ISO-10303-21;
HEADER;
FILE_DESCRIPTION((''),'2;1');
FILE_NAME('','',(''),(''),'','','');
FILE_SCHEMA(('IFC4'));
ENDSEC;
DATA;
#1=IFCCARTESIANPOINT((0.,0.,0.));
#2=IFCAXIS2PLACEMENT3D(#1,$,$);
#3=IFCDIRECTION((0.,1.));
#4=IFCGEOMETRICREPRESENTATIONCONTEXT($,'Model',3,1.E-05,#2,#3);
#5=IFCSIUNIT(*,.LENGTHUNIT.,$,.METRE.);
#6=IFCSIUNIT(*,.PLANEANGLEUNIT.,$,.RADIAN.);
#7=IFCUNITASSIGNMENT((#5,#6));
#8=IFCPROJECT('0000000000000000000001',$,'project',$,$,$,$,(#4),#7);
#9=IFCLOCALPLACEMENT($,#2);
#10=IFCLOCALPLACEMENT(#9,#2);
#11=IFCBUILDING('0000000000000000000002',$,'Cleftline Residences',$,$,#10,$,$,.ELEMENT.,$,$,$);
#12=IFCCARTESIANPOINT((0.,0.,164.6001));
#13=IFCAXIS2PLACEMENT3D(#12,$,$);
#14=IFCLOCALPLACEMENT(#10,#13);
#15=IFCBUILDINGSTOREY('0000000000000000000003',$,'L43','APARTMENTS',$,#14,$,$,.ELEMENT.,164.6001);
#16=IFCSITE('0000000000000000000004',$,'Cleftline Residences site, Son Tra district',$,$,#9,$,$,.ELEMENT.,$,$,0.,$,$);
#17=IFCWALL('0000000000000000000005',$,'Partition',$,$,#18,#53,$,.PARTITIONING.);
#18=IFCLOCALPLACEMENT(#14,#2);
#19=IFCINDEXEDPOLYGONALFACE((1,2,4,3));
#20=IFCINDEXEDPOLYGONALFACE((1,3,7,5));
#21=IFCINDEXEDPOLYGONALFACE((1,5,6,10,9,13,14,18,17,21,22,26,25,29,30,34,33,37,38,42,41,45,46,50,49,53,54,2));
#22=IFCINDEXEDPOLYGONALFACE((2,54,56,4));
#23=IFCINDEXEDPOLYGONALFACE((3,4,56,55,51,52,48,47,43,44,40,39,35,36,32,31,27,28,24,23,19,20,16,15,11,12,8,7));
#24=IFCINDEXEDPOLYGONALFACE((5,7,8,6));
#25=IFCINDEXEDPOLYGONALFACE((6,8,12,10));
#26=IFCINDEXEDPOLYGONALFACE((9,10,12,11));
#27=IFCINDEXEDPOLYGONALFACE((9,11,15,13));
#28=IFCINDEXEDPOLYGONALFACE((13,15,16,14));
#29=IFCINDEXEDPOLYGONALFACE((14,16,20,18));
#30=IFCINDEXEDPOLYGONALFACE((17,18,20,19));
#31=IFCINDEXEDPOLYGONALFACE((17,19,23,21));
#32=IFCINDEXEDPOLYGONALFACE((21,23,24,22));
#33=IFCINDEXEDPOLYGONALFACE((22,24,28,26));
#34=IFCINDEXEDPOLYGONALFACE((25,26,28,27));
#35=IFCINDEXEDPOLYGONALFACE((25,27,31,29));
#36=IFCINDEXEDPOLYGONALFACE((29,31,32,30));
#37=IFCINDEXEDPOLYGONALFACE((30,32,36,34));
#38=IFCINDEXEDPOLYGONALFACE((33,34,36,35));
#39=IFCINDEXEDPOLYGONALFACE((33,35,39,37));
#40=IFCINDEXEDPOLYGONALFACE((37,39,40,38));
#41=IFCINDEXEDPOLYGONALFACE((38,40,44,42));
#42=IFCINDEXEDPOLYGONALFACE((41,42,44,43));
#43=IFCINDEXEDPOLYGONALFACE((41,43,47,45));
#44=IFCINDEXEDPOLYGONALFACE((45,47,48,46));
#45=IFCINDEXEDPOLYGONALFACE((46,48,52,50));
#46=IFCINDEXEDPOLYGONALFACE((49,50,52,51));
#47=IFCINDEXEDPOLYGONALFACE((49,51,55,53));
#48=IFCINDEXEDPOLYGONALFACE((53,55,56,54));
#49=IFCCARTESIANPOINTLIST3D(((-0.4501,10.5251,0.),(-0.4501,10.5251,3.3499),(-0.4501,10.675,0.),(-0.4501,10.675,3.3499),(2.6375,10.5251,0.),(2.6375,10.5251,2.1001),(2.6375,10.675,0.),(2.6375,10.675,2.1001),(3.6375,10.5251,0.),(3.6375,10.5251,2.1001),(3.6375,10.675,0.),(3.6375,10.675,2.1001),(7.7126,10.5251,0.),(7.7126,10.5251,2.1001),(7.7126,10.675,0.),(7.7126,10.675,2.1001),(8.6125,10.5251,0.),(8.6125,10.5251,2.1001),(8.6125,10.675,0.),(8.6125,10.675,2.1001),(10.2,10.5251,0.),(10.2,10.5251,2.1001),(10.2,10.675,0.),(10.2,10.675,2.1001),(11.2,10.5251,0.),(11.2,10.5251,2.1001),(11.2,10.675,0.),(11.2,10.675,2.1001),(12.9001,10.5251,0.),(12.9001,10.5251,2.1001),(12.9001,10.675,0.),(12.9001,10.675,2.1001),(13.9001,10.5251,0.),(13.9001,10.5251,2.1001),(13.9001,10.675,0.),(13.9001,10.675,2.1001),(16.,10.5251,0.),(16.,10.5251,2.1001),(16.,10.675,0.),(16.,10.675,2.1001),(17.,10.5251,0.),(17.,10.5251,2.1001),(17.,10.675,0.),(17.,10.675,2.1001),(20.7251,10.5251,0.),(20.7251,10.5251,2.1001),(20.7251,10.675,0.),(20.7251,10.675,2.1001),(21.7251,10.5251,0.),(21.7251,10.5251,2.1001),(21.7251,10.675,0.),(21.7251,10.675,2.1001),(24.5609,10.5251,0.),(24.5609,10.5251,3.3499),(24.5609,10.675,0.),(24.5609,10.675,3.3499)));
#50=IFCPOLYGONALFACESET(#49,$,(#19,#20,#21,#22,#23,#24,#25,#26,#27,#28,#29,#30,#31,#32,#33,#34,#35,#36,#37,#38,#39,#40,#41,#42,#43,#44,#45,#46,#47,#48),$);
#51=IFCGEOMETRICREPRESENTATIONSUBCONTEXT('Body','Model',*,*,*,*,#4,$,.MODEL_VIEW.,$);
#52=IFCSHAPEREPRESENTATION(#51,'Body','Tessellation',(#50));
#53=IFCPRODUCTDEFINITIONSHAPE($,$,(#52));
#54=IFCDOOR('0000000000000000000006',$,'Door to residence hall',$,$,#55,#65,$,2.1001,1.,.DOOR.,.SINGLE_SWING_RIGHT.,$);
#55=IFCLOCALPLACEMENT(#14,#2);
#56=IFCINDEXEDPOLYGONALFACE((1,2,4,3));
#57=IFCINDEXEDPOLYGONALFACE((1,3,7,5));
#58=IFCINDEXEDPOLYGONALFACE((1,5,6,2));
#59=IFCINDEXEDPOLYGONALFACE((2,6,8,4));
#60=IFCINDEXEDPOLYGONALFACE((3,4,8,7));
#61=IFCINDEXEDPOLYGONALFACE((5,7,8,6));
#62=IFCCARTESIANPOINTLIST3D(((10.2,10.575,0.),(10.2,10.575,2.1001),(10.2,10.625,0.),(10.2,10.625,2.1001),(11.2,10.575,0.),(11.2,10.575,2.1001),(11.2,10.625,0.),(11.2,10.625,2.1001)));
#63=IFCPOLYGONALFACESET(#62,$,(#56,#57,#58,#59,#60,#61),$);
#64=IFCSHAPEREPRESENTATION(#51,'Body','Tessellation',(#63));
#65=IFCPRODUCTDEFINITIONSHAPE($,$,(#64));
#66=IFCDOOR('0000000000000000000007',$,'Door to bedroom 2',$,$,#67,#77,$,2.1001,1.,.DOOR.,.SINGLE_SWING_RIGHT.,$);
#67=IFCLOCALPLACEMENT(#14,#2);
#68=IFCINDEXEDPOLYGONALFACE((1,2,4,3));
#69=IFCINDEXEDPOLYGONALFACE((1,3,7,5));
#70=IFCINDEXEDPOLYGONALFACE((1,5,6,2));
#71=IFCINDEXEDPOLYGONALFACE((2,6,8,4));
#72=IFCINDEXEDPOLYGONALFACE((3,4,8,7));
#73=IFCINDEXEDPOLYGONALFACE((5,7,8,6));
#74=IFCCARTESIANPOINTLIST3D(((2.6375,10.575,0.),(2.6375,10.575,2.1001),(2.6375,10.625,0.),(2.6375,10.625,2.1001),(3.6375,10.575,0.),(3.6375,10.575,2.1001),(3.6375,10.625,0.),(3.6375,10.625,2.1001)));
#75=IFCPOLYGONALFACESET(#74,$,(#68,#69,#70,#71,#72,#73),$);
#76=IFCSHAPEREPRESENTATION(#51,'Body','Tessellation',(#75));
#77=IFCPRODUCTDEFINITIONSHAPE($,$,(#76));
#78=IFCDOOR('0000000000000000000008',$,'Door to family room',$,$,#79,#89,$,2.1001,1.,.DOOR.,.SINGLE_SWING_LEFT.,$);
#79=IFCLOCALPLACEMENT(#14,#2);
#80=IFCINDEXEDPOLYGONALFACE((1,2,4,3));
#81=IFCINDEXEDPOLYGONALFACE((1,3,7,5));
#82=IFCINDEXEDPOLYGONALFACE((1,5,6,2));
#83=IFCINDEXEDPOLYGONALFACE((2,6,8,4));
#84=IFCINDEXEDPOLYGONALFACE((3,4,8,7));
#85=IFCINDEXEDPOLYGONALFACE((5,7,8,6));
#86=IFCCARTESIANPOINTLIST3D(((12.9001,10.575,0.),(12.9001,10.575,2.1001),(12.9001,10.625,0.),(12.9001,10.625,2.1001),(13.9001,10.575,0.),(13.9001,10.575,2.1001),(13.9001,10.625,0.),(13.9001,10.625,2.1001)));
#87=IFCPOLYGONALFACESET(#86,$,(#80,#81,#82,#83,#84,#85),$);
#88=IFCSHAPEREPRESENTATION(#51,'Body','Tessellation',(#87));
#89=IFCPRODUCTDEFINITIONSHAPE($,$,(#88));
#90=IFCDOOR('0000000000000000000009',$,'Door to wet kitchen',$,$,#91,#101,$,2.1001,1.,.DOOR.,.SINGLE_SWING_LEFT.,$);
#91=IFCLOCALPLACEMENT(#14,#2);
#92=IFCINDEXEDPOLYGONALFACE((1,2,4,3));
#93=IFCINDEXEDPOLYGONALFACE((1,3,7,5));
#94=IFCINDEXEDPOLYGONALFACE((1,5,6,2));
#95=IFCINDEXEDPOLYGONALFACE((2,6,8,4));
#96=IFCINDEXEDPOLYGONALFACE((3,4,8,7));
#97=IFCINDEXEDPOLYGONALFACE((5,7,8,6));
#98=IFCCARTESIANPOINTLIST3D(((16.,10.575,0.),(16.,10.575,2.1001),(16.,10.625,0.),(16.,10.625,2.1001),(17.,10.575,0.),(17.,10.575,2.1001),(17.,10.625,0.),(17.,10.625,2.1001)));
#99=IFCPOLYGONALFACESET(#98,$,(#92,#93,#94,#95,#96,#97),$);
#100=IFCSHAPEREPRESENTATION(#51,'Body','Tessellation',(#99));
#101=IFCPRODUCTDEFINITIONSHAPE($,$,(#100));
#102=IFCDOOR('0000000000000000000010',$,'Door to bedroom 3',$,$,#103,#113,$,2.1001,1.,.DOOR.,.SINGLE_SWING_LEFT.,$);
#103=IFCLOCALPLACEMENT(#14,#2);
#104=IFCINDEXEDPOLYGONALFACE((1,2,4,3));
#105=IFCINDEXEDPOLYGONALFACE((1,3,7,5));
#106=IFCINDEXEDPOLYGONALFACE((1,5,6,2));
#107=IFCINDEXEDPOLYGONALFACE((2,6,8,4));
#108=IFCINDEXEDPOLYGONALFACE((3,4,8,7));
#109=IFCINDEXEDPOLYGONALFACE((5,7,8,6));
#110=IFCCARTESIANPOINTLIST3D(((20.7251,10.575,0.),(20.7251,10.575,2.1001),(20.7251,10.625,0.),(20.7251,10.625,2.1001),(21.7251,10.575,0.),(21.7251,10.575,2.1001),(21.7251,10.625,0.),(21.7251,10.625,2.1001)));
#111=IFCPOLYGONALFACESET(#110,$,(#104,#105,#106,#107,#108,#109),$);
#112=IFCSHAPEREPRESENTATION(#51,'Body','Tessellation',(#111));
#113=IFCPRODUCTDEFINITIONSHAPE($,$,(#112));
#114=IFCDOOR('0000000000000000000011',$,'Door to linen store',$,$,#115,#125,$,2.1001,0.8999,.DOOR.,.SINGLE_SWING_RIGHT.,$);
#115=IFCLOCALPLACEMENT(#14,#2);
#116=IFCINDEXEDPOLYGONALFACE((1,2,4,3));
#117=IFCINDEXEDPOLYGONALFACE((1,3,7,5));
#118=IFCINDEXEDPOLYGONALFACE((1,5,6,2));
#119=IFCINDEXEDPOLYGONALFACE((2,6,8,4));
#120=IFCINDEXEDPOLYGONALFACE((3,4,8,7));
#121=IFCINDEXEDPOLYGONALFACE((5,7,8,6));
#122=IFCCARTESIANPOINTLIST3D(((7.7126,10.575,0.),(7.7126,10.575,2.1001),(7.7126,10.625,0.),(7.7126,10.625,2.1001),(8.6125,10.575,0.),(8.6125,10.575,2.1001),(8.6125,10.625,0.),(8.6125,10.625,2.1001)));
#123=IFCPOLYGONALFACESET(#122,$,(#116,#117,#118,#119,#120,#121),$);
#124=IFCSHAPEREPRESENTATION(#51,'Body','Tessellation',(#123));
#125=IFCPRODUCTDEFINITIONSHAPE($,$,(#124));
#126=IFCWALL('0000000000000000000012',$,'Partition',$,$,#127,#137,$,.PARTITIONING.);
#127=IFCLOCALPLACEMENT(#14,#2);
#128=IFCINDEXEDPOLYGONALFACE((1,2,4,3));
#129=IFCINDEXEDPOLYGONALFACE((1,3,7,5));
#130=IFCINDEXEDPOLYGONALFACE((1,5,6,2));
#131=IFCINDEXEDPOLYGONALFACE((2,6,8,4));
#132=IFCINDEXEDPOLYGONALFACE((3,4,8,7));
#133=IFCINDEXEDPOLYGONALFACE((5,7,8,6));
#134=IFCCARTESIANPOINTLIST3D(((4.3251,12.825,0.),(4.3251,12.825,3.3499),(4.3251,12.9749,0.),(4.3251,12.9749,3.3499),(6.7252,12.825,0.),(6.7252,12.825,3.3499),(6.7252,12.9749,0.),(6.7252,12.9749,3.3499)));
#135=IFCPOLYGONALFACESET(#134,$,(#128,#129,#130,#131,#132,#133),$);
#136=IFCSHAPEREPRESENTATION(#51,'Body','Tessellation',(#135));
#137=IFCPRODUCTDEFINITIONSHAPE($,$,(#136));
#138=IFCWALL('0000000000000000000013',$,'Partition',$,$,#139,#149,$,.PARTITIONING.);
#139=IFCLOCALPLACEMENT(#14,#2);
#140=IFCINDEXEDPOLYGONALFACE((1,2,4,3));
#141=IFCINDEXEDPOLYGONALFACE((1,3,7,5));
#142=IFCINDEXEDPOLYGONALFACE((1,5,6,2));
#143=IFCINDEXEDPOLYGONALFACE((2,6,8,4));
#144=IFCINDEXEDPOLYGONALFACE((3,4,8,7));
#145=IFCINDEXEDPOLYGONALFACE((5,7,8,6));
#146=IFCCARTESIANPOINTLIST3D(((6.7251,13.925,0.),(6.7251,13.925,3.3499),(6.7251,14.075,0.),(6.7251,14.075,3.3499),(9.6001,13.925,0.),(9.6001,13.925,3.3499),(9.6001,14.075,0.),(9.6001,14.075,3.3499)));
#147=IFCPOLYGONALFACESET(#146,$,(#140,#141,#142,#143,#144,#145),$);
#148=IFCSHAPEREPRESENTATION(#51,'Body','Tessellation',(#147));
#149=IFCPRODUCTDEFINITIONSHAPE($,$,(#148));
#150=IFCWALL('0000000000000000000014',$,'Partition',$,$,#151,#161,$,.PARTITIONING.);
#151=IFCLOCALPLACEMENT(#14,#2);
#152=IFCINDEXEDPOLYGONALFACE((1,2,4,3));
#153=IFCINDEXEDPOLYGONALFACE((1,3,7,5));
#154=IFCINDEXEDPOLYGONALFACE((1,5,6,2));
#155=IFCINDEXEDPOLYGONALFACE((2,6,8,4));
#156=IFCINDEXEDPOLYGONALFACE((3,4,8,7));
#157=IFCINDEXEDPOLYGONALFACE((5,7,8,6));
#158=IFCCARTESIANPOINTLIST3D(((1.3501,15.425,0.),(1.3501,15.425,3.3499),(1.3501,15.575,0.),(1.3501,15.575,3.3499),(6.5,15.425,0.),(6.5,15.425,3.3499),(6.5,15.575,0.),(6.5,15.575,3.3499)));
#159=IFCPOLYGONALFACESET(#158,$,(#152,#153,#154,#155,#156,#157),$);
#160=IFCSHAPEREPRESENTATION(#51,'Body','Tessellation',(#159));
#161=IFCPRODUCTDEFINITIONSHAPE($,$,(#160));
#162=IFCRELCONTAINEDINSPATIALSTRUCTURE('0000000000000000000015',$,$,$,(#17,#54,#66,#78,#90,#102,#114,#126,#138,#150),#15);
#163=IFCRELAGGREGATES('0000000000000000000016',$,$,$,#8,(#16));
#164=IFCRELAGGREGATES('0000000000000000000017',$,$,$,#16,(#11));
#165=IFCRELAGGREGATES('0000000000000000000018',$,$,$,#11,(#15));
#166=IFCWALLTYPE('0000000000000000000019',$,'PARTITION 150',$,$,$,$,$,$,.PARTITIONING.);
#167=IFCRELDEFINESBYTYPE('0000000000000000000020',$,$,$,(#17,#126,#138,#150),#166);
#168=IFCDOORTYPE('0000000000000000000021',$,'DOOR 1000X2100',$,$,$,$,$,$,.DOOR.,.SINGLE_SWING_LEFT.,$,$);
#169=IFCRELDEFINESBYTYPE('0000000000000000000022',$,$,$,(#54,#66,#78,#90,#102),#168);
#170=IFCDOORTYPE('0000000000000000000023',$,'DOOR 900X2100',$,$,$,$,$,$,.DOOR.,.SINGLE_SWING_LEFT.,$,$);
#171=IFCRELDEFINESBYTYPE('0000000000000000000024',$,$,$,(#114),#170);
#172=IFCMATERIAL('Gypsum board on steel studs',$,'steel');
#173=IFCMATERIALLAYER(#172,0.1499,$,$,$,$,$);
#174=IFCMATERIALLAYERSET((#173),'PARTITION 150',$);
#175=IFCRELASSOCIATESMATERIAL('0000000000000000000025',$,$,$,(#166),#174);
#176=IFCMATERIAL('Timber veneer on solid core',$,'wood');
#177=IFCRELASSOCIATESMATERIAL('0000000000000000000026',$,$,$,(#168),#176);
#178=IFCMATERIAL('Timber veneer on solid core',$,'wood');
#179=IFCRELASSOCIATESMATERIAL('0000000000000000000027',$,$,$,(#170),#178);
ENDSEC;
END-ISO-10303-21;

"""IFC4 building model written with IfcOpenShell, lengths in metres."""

from ifc_helpers import new_model, si_unit, direction, frame, frame_2d, origin, place, context, subcontext, project, spatial, rectangle, extrude, material, layer, layer_set, type_object, element, fill, save


model = new_model("IFC4")

# Units and contexts
model_context = context("Model", 3, precision=1e-05, world=origin(), true_north=direction((0.0, 1.0)))
body_context = subcontext(model_context, "Body", "Model", "MODEL_VIEW")
ifc_project = project(units=[si_unit("LENGTHUNIT", "METRE"), si_unit("PLANEANGLEUNIT", "RADIAN")], contexts=[model_context])

# Site, building, storey
site_placement = place(None, origin())
site = spatial("IfcSite", under=ifc_project, at=site_placement, Name="Cleftline Residences site, Son Tra district", CompositionType="ELEMENT", RefElevation=0.0)
building_placement = place(site_placement, origin())
building = spatial("IfcBuilding", under=site, at=building_placement, Name="Cleftline Residences", CompositionType="ELEMENT")
storey_placement = place(building_placement, frame((0.0, 0.0, 164.6001)))
storey = spatial("IfcBuildingStorey", under=building, at=storey_placement, Name="L43", Description="APARTMENTS", CompositionType="ELEMENT", Elevation=164.6001)

# Wall, openings, doors
ifc_material_1 = material(Name="Gypsum board on steel studs", Category="steel")
ifc_layer = layer(ifc_material_1, 0.1499)
ifc_layer_set = layer_set([ifc_layer], Name="PARTITION 150")
wall_type = type_object("IfcWallType", Name="PARTITION 150", PredefinedType="PARTITIONING", material=ifc_layer_set)
wall_1_placement = place(storey_placement, frame((-0.45, 10.6001, 0.0), z_axis=(0.0, 0.0, 1.0), x_axis=(1.0, 0.0, 0.0)))
wall_1 = element("IfcWall", 1, at=wall_1_placement, inside=storey, type_object=wall_type, Name="Partition", PredefinedType="PARTITIONING", context=body_context, shape_type="SweptSolid", body=[
    extrude(rectangle(XDim=25.011, YDim=0.1499, at=frame_2d((12.5054, 0.0))), origin(), (0.0, 0.0, 1.0), 3.3499),
])
opening_1_placement = place(wall_1_placement, frame((10.6499, 0.0, 0.0)))
opening_1 = element("IfcOpeningElement", 2, at=opening_1_placement, cuts=wall_1, PredefinedType="OPENING", context=body_context, shape_type="SweptSolid", body=[
    extrude(rectangle(XDim=1.0, YDim=2.1001, at=frame_2d((0.5, 1.05))), frame((0.0, 0.085, 0.0), z_axis=(0.0, -1.0, 0.0), x_axis=(1.0, 0.0, 0.0)), (0.0, 0.0, 1.0), 0.1699),
])
opening_2_placement = place(wall_1_placement, frame((3.0874, 0.0, 0.0)))
opening_2 = element("IfcOpeningElement", 3, at=opening_2_placement, cuts=wall_1, PredefinedType="OPENING", context=body_context, shape_type="SweptSolid", body=[
    extrude(rectangle(XDim=1.0, YDim=2.1001, at=frame_2d((0.5, 1.05))), frame((0.0, 0.085, 0.0), z_axis=(0.0, -1.0, 0.0), x_axis=(1.0, 0.0, 0.0)), (0.0, 0.0, 1.0), 0.1699),
])
opening_3_placement = place(wall_1_placement, frame((8.1626, 0.0, 0.0)))
opening_3 = element("IfcOpeningElement", 4, at=opening_3_placement, cuts=wall_1, PredefinedType="OPENING", context=body_context, shape_type="SweptSolid", body=[
    extrude(rectangle(XDim=0.8999, YDim=2.1001, at=frame_2d((0.45, 1.05))), frame((0.0, 0.085, 0.0), z_axis=(0.0, -1.0, 0.0), x_axis=(1.0, 0.0, 0.0)), (0.0, 0.0, 1.0), 0.1699),
])
opening_4_placement = place(wall_1_placement, frame((13.3501, 0.0, 0.0)))
opening_4 = element("IfcOpeningElement", 5, at=opening_4_placement, cuts=wall_1, PredefinedType="OPENING", context=body_context, shape_type="SweptSolid", body=[
    extrude(rectangle(XDim=1.0, YDim=2.1001, at=frame_2d((0.5, 1.05))), frame((0.0, 0.085, 0.0), z_axis=(0.0, -1.0, 0.0), x_axis=(1.0, 0.0, 0.0)), (0.0, 0.0, 1.0), 0.1699),
])
opening_5_placement = place(wall_1_placement, frame((16.45, 0.0, 0.0)))
opening_5 = element("IfcOpeningElement", 6, at=opening_5_placement, cuts=wall_1, PredefinedType="OPENING", context=body_context, shape_type="SweptSolid", body=[
    extrude(rectangle(XDim=1.0, YDim=2.1001, at=frame_2d((0.5, 1.05))), frame((0.0, 0.085, 0.0), z_axis=(0.0, -1.0, 0.0), x_axis=(1.0, 0.0, 0.0)), (0.0, 0.0, 1.0), 0.1699),
])
opening_6_placement = place(wall_1_placement, frame((21.175, 0.0, 0.0)))
opening_6 = element("IfcOpeningElement", 7, at=opening_6_placement, cuts=wall_1, PredefinedType="OPENING", context=body_context, shape_type="SweptSolid", body=[
    extrude(rectangle(XDim=1.0, YDim=2.1001, at=frame_2d((0.5, 1.05))), frame((0.0, 0.085, 0.0), z_axis=(0.0, -1.0, 0.0), x_axis=(1.0, 0.0, 0.0)), (0.0, 0.0, 1.0), 0.1699),
])
ifc_material_2 = material(Name="Timber veneer on solid core", Category="wood")
door_type_1 = type_object("IfcDoorType", Name="DOOR 1000X2100", OperationType="SINGLE_SWING_LEFT", PredefinedType="DOOR", material=ifc_material_2)
door_1_placement = place(opening_1_placement, origin())
door_1 = element("IfcDoor", 8, at=door_1_placement, inside=storey, type_object=door_type_1, Name="Door to residence hall", OperationType="SINGLE_SWING_RIGHT", OverallHeight=2.1001, OverallWidth=1.0, PredefinedType="DOOR", context=body_context, shape_type="SweptSolid", body=[
    extrude(rectangle(XDim=1.0, YDim=2.1001, at=frame_2d((0.5, 1.05))), frame((0.0, 0.0249, 0.0), z_axis=(0.0, -1.0, 0.0), x_axis=(1.0, 0.0, 0.0)), (0.0, 0.0, 1.0), 0.05),
])
fill(opening_1, door_1)
door_2_placement = place(opening_2_placement, origin())
door_2 = element("IfcDoor", 9, at=door_2_placement, inside=storey, type_object=door_type_1, Name="Door to bedroom 2", OperationType="SINGLE_SWING_RIGHT", OverallHeight=2.1001, OverallWidth=1.0, PredefinedType="DOOR", context=body_context, shape_type="SweptSolid", body=[
    extrude(rectangle(XDim=1.0, YDim=2.1001, at=frame_2d((0.5, 1.05))), frame((0.0, 0.0249, 0.0), z_axis=(0.0, -1.0, 0.0), x_axis=(1.0, 0.0, 0.0)), (0.0, 0.0, 1.0), 0.05),
])
fill(opening_2, door_2)
door_3_placement = place(opening_4_placement, origin())
door_3 = element("IfcDoor", 10, at=door_3_placement, inside=storey, type_object=door_type_1, Name="Door to family room", OperationType="SINGLE_SWING_LEFT", OverallHeight=2.1001, OverallWidth=1.0, PredefinedType="DOOR", context=body_context, shape_type="SweptSolid", body=[
    extrude(rectangle(XDim=1.0, YDim=2.1001, at=frame_2d((0.5, 1.05))), frame((0.0, 0.0249, 0.0), z_axis=(0.0, -1.0, 0.0), x_axis=(1.0, 0.0, 0.0)), (0.0, 0.0, 1.0), 0.05),
])
fill(opening_4, door_3)
door_4_placement = place(opening_5_placement, origin())
door_4 = element("IfcDoor", 11, at=door_4_placement, inside=storey, type_object=door_type_1, Name="Door to wet kitchen", OperationType="SINGLE_SWING_LEFT", OverallHeight=2.1001, OverallWidth=1.0, PredefinedType="DOOR", context=body_context, shape_type="SweptSolid", body=[
    extrude(rectangle(XDim=1.0, YDim=2.1001, at=frame_2d((0.5, 1.05))), frame((0.0, 0.0249, 0.0), z_axis=(0.0, -1.0, 0.0), x_axis=(1.0, 0.0, 0.0)), (0.0, 0.0, 1.0), 0.05),
])
fill(opening_5, door_4)
door_5_placement = place(opening_6_placement, origin())
door_5 = element("IfcDoor", 12, at=door_5_placement, inside=storey, type_object=door_type_1, Name="Door to bedroom 3", OperationType="SINGLE_SWING_LEFT", OverallHeight=2.1001, OverallWidth=1.0, PredefinedType="DOOR", context=body_context, shape_type="SweptSolid", body=[
    extrude(rectangle(XDim=1.0, YDim=2.1001, at=frame_2d((0.5, 1.05))), frame((0.0, 0.0249, 0.0), z_axis=(0.0, -1.0, 0.0), x_axis=(1.0, 0.0, 0.0)), (0.0, 0.0, 1.0), 0.05),
])
fill(opening_6, door_5)
ifc_material_3 = material(Name="Timber veneer on solid core", Category="wood")
door_type_2 = type_object("IfcDoorType", Name="DOOR 900X2100", OperationType="SINGLE_SWING_LEFT", PredefinedType="DOOR", material=ifc_material_3)
door_6_placement = place(opening_3_placement, origin())
door_6 = element("IfcDoor", 13, at=door_6_placement, inside=storey, type_object=door_type_2, Name="Door to linen store", OperationType="SINGLE_SWING_RIGHT", OverallHeight=2.1001, OverallWidth=0.8999, PredefinedType="DOOR", context=body_context, shape_type="SweptSolid", body=[
    extrude(rectangle(XDim=0.8999, YDim=2.1001, at=frame_2d((0.45, 1.05))), frame((0.0, 0.0249, 0.0), z_axis=(0.0, -1.0, 0.0), x_axis=(1.0, 0.0, 0.0)), (0.0, 0.0, 1.0), 0.05),
])
fill(opening_3, door_6)

# Walls
wall_2_placement = place(storey_placement, frame((4.325, 12.8999, 0.0), z_axis=(0.0, 0.0, 1.0), x_axis=(1.0, 0.0, 0.0)))
element("IfcWall", 14, at=wall_2_placement, inside=storey, type_object=wall_type, Name="Partition", PredefinedType="PARTITIONING", context=body_context, shape_type="SweptSolid", body=[
    extrude(rectangle(XDim=2.4001, YDim=0.1499, at=frame_2d((1.2002, 0.0))), origin(), (0.0, 0.0, 1.0), 3.3499),
])
wall_3_placement = place(storey_placement, frame((6.7251, 14.0, 0.0), z_axis=(0.0, 0.0, 1.0), x_axis=(1.0, 0.0, 0.0)))
element("IfcWall", 15, at=wall_3_placement, inside=storey, type_object=wall_type, Name="Partition", PredefinedType="PARTITIONING", context=body_context, shape_type="SweptSolid", body=[
    extrude(rectangle(XDim=2.875, YDim=0.1499, at=frame_2d((1.4375, 0.0))), origin(), (0.0, 0.0, 1.0), 3.3499),
])
wall_4_placement = place(storey_placement, frame((1.3501, 15.5, 0.0), z_axis=(0.0, 0.0, 1.0), x_axis=(1.0, 0.0, 0.0)))
element("IfcWall", 16, at=wall_4_placement, inside=storey, type_object=wall_type, Name="Partition", PredefinedType="PARTITIONING", context=body_context, shape_type="SweptSolid", body=[
    extrude(rectangle(XDim=5.1499, YDim=0.1499, at=frame_2d((2.575, 0.0))), origin(), (0.0, 0.0, 1.0), 3.3499),
])

save(model, "model.ifc")
